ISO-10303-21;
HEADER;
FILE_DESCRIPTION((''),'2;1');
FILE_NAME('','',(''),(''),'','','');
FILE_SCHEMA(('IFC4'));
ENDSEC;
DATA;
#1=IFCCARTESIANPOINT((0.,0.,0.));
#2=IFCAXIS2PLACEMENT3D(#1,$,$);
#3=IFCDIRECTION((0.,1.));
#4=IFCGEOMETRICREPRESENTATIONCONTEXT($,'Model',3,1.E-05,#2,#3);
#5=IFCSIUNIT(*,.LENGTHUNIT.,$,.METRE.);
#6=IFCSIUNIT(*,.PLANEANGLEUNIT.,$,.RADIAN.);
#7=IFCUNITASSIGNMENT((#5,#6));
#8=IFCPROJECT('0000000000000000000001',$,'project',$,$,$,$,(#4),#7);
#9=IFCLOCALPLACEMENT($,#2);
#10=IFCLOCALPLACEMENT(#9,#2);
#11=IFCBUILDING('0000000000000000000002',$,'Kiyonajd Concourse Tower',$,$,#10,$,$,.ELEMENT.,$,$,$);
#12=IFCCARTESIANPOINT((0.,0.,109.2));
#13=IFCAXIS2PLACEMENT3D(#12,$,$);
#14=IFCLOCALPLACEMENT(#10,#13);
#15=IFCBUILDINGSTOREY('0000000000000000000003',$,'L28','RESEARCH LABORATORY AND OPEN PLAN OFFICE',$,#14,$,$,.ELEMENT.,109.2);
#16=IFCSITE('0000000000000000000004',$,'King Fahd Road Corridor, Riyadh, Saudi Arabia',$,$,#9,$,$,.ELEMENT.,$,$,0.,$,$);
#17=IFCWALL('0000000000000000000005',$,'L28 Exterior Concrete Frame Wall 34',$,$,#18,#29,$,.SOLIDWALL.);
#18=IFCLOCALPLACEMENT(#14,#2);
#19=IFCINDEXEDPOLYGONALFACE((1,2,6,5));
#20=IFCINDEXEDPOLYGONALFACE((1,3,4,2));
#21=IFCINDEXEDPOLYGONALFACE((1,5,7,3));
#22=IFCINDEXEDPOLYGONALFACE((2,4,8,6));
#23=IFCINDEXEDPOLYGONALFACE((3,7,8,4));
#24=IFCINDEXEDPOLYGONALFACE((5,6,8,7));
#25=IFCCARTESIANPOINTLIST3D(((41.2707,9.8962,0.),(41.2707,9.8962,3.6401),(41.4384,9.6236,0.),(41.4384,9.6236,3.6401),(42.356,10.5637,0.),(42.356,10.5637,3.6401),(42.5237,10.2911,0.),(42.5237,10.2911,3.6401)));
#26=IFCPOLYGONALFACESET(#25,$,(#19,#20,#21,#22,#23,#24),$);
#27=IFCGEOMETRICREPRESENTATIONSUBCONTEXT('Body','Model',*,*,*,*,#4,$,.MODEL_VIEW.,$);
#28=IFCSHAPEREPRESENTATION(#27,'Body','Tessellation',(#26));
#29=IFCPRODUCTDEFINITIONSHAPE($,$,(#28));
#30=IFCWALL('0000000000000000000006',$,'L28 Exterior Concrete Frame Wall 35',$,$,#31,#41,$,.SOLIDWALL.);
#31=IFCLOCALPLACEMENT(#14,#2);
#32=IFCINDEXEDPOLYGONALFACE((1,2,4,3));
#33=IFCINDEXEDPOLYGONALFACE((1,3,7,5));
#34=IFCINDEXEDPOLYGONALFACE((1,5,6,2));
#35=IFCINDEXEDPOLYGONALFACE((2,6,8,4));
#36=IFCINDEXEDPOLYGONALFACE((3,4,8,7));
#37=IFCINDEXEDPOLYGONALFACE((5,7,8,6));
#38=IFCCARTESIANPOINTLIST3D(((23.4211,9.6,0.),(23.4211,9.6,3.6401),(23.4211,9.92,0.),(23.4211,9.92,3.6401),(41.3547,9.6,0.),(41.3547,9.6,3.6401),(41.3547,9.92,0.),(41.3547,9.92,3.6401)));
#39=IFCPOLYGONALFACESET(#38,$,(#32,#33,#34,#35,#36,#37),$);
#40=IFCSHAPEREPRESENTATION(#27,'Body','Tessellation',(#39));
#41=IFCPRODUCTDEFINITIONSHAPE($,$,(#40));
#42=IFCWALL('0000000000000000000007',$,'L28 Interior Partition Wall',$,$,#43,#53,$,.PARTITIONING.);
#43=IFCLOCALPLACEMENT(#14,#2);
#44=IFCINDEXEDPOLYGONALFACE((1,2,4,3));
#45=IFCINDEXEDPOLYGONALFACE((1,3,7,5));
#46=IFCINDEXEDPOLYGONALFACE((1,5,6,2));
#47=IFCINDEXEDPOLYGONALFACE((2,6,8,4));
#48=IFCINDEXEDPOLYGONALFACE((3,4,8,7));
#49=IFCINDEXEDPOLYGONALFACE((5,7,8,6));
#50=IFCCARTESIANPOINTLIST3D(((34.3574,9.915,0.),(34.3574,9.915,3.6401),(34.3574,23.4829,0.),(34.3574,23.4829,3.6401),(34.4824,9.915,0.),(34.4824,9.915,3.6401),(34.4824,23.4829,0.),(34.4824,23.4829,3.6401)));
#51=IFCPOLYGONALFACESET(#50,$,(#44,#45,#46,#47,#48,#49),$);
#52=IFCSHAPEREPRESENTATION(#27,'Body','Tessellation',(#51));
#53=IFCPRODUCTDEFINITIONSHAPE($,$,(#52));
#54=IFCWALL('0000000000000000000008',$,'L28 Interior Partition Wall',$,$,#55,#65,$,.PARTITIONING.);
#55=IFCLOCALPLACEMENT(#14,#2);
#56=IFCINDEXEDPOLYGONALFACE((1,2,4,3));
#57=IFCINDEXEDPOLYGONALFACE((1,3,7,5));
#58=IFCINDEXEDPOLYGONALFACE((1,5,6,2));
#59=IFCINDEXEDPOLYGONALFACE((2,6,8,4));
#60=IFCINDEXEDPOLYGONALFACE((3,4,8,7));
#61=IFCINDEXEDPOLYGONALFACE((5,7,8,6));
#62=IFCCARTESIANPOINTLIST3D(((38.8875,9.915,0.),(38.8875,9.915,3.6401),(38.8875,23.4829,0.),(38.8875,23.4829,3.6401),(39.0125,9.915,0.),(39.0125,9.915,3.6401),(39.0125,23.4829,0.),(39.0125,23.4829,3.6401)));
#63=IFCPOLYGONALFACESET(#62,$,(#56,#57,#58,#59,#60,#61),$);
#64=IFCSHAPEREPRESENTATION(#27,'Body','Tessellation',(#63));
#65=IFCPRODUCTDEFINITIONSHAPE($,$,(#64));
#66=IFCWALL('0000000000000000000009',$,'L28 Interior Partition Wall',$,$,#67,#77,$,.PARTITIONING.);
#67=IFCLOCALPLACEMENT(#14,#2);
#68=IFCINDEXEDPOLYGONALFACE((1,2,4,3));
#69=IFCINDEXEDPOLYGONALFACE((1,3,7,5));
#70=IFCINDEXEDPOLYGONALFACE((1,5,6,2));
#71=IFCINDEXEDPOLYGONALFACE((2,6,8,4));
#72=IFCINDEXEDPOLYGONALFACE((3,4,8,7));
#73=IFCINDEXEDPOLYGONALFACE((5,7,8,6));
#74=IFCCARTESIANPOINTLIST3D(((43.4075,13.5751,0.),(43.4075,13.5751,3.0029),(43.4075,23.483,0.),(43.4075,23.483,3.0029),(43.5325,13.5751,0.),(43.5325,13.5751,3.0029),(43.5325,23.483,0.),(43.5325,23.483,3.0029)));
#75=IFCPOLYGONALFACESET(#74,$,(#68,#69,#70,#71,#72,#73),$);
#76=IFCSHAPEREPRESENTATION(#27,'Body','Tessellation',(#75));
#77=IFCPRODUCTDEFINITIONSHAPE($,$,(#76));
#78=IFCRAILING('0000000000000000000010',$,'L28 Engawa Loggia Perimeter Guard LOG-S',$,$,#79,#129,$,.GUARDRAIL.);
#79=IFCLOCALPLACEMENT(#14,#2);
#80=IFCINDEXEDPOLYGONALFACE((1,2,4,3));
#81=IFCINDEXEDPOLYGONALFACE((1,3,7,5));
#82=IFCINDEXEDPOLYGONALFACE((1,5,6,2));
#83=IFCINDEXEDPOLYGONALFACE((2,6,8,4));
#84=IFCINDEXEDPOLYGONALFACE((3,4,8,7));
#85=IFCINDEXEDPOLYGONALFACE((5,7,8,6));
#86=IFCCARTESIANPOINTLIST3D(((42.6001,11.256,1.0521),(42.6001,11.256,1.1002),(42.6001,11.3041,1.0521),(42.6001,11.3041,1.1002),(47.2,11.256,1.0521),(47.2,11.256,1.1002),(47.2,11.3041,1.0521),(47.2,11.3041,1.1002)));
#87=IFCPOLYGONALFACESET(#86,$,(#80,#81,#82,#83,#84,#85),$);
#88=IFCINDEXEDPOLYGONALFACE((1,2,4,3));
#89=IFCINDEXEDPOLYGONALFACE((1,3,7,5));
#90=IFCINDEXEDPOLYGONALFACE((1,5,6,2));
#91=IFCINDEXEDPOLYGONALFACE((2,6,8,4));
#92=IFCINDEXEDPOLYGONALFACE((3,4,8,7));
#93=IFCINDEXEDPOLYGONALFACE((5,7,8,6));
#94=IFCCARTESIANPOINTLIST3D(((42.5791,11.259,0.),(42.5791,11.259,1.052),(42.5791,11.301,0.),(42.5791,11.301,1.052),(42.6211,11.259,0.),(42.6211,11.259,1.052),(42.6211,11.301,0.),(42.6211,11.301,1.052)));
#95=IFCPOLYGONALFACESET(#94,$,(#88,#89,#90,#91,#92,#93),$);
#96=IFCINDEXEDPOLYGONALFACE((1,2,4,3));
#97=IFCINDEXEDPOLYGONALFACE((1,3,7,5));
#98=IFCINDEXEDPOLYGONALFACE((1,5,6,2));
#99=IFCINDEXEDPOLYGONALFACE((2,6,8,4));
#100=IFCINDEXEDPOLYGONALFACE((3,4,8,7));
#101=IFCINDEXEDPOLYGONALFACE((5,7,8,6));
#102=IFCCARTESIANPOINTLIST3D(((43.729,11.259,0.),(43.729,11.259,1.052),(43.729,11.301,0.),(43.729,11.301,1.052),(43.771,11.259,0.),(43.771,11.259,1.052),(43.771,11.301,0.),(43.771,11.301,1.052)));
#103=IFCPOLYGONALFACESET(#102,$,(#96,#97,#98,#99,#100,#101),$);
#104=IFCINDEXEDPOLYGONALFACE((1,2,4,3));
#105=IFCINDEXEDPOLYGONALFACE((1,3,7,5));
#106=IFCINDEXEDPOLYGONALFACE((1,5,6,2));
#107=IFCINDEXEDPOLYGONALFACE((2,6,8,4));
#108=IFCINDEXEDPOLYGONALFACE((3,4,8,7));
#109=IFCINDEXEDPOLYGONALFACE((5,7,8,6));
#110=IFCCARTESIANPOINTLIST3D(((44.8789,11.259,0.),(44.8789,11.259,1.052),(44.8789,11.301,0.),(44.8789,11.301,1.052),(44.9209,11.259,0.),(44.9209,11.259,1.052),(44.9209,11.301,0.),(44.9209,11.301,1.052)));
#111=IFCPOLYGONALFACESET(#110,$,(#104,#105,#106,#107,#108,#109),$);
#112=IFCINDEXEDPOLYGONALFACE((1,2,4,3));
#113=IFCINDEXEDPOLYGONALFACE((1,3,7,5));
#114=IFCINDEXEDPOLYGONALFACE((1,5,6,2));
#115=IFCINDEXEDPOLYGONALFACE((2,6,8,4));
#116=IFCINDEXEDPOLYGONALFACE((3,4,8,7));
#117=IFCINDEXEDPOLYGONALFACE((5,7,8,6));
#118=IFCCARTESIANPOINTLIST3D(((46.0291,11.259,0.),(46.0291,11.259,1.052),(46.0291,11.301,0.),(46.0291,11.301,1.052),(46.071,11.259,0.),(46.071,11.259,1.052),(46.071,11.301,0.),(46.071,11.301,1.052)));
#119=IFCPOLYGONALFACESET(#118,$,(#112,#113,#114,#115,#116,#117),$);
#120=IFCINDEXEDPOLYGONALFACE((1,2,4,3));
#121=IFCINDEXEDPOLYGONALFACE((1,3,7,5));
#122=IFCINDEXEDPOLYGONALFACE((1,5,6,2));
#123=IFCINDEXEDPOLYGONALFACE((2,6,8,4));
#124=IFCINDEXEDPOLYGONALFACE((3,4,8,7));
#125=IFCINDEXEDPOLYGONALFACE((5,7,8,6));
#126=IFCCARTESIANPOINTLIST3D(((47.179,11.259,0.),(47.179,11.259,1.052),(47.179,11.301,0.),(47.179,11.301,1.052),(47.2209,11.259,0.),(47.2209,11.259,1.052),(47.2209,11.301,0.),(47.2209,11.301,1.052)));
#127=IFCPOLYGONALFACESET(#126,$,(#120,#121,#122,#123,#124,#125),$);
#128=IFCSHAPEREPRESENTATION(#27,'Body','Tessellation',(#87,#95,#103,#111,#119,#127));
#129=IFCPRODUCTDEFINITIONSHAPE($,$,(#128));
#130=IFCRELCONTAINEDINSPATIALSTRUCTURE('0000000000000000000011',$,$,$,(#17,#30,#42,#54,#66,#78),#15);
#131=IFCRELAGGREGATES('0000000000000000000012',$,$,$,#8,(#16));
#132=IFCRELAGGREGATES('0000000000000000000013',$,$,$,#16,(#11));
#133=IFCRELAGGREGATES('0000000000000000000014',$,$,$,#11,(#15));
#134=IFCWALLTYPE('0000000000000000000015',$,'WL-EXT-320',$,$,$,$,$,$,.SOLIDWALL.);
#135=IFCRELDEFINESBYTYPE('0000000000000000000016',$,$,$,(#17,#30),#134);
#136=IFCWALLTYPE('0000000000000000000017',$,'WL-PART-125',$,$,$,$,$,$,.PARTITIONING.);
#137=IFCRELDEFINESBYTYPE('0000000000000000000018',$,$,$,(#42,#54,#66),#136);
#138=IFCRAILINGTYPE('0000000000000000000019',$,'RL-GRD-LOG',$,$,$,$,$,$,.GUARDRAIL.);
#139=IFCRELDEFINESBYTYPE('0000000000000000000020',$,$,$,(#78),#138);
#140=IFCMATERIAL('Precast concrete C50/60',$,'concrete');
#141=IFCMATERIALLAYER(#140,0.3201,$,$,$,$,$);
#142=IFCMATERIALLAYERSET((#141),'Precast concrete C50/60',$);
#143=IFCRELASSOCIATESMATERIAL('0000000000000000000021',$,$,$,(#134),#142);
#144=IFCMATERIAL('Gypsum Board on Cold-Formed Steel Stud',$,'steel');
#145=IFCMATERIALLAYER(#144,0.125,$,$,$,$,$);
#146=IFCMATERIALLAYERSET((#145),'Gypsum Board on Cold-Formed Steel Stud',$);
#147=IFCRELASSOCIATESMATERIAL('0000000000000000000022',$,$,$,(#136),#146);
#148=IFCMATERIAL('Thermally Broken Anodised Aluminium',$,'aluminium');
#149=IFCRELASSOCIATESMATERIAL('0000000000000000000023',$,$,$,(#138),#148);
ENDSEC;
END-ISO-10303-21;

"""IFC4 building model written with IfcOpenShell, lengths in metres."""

from ifc_helpers import new_model, si_unit, direction, frame, frame_2d, origin, origin_2d, place, context, subcontext, project, spatial, rectangle, extrude, material, layer, layer_set, type_object, element, save


model = new_model("IFC4")

# Units and contexts
model_context = context("Model", 3, precision=1e-05, world=origin(), true_north=direction((0.0, 1.0)))
body_context = subcontext(model_context, "Body", "Model", "MODEL_VIEW")
ifc_project = project(units=[si_unit("LENGTHUNIT", "METRE"), si_unit("PLANEANGLEUNIT", "RADIAN")], contexts=[model_context])

# Site, building, storey
site_placement = place(None, origin())
site = spatial("IfcSite", under=ifc_project, at=site_placement, Name="King Fahd Road Corridor, Riyadh, Saudi Arabia", CompositionType="ELEMENT", RefElevation=0.0)
building_placement = place(site_placement, origin())
building = spatial("IfcBuilding", under=site, at=building_placement, Name="Kiyonajd Concourse Tower", CompositionType="ELEMENT")
storey_placement = place(building_placement, frame((0.0, 0.0, 109.2)))
storey = spatial("IfcBuildingStorey", under=building, at=storey_placement, Name="L28", Description="RESEARCH LABORATORY AND OPEN PLAN OFFICE", CompositionType="ELEMENT", Elevation=109.2)

# Shared definitions
ifc_material_1 = material(Name="Precast concrete C50/60", Category="concrete")

# Shared definitions
ifc_material_2 = material(Name="Thermally Broken Anodised Aluminium", Category="aluminium")

# Walls
ifc_layer_1 = layer(ifc_material_1, 0.3201)
ifc_layer_set_1 = layer_set([ifc_layer_1], Name="Precast concrete C50/60")
wall_type_1 = type_object("IfcWallType", Name="WL-EXT-320", PredefinedType="SOLIDWALL", material=ifc_layer_set_1)
wall_1_placement = place(storey_placement, frame((42.4399, 10.4275, 0.0), z_axis=(0.0, 0.0, 1.0), x_axis=(-0.851777, -0.523905, 0.0)))
element("IfcWall", 1, at=wall_1_placement, inside=storey, type_object=wall_type_1, Name="L28 Exterior Concrete Frame Wall 34", PredefinedType="SOLIDWALL", context=body_context, shape_type="SweptSolid", body=[
    extrude(rectangle(XDim=1.2742, YDim=0.3201, at=frame_2d((0.6372, 0.0))), origin(), (0.0, 0.0, 1.0), 3.6401),
])
wall_2_placement = place(storey_placement, frame((41.3547, 9.76, 0.0), z_axis=(0.0, 0.0, 1.0), x_axis=(-1.0, 0.0, 0.0)))
element("IfcWall", 2, at=wall_2_placement, inside=storey, type_object=wall_type_1, Name="L28 Exterior Concrete Frame Wall 35", PredefinedType="SOLIDWALL", context=body_context, shape_type="SweptSolid", body=[
    extrude(rectangle(XDim=17.9336, YDim=0.3201, at=frame_2d((8.9668, 0.0))), origin(), (0.0, 0.0, 1.0), 3.6401),
])
ifc_material_3 = material(Name="Gypsum Board on Cold-Formed Steel Stud", Category="steel")
ifc_layer_2 = layer(ifc_material_3, 0.125)
ifc_layer_set_2 = layer_set([ifc_layer_2], Name="Gypsum Board on Cold-Formed Steel Stud")
wall_type_2 = type_object("IfcWallType", Name="WL-PART-125", PredefinedType="PARTITIONING", material=ifc_layer_set_2)
for number, where, z_axis, x_axis, name in (
    (3, (34.4199, 9.915, 0.0), (0.0, 0.0, 1.0), (0.0, 1.0, 0.0), "L28 Interior Partition Wall"),
    (4, (38.95, 9.915, 0.0), (0.0, 0.0, 1.0), (0.0, 1.0, 0.0), "L28 Interior Partition Wall"),
):
    element("IfcWall", number, at=place(storey_placement, frame(where, z_axis=z_axis, x_axis=x_axis)), inside=storey, type_object=wall_type_2, Name=name, PredefinedType="PARTITIONING", context=body_context, shape_type="SweptSolid", body=[
        extrude(rectangle(XDim=13.5679, YDim=0.125, at=frame_2d((6.7839, 0.0))), origin(), (0.0, 0.0, 1.0), 3.6401),
    ])
wall_3_placement = place(storey_placement, frame((43.47, 13.575, 0.0), z_axis=(0.0, 0.0, 1.0), x_axis=(0.0, 1.0, 0.0)))
element("IfcWall", 5, at=wall_3_placement, inside=storey, type_object=wall_type_2, Name="L28 Interior Partition Wall", PredefinedType="PARTITIONING", context=body_context, shape_type="SweptSolid", body=[
    extrude(rectangle(XDim=9.908, YDim=0.125, at=frame_2d((4.9541, 0.0))), origin(), (0.0, 0.0, 1.0), 3.0029),
])

# Railing
railing_type = type_object("IfcRailingType", Name="RL-GRD-LOG", PredefinedType="GUARDRAIL", material=ifc_material_2)
railing_placement = place(storey_placement, frame((42.6001, 11.28, 0.0)))
element("IfcRailing", 6, at=railing_placement, inside=storey, type_object=railing_type, Name="L28 Engawa Loggia Perimeter Guard LOG-S", PredefinedType="GUARDRAIL", context=body_context, shape_type="SweptSolid", body=[
    extrude(rectangle(XDim=0.0481, YDim=0.0481, at=origin_2d()), frame((0.0, 0.0, 1.0762), z_axis=(1.0, 0.0, 0.0), x_axis=(0.0, 1.0, 0.0)), (0.0, 0.0, 1.0), 4.5999),
    extrude(rectangle(XDim=0.042, YDim=0.042, at=origin_2d()), origin(), (0.0, 0.0, 1.0), 1.052),
    extrude(rectangle(XDim=0.042, YDim=0.042, at=origin_2d()), frame((1.1499, 0.0, 0.0)), (0.0, 0.0, 1.0), 1.052),
    extrude(rectangle(XDim=0.042, YDim=0.042, at=origin_2d()), frame((2.2998, 0.0, 0.0)), (0.0, 0.0, 1.0), 1.052),
    extrude(rectangle(XDim=0.042, YDim=0.042, at=origin_2d()), frame((3.45, 0.0, 0.0)), (0.0, 0.0, 1.0), 1.052),
    extrude(rectangle(XDim=0.042, YDim=0.042, at=origin_2d()), frame((4.5999, 0.0, 0.0)), (0.0, 0.0, 1.0), 1.052),
])

save(model, "model.ifc")
